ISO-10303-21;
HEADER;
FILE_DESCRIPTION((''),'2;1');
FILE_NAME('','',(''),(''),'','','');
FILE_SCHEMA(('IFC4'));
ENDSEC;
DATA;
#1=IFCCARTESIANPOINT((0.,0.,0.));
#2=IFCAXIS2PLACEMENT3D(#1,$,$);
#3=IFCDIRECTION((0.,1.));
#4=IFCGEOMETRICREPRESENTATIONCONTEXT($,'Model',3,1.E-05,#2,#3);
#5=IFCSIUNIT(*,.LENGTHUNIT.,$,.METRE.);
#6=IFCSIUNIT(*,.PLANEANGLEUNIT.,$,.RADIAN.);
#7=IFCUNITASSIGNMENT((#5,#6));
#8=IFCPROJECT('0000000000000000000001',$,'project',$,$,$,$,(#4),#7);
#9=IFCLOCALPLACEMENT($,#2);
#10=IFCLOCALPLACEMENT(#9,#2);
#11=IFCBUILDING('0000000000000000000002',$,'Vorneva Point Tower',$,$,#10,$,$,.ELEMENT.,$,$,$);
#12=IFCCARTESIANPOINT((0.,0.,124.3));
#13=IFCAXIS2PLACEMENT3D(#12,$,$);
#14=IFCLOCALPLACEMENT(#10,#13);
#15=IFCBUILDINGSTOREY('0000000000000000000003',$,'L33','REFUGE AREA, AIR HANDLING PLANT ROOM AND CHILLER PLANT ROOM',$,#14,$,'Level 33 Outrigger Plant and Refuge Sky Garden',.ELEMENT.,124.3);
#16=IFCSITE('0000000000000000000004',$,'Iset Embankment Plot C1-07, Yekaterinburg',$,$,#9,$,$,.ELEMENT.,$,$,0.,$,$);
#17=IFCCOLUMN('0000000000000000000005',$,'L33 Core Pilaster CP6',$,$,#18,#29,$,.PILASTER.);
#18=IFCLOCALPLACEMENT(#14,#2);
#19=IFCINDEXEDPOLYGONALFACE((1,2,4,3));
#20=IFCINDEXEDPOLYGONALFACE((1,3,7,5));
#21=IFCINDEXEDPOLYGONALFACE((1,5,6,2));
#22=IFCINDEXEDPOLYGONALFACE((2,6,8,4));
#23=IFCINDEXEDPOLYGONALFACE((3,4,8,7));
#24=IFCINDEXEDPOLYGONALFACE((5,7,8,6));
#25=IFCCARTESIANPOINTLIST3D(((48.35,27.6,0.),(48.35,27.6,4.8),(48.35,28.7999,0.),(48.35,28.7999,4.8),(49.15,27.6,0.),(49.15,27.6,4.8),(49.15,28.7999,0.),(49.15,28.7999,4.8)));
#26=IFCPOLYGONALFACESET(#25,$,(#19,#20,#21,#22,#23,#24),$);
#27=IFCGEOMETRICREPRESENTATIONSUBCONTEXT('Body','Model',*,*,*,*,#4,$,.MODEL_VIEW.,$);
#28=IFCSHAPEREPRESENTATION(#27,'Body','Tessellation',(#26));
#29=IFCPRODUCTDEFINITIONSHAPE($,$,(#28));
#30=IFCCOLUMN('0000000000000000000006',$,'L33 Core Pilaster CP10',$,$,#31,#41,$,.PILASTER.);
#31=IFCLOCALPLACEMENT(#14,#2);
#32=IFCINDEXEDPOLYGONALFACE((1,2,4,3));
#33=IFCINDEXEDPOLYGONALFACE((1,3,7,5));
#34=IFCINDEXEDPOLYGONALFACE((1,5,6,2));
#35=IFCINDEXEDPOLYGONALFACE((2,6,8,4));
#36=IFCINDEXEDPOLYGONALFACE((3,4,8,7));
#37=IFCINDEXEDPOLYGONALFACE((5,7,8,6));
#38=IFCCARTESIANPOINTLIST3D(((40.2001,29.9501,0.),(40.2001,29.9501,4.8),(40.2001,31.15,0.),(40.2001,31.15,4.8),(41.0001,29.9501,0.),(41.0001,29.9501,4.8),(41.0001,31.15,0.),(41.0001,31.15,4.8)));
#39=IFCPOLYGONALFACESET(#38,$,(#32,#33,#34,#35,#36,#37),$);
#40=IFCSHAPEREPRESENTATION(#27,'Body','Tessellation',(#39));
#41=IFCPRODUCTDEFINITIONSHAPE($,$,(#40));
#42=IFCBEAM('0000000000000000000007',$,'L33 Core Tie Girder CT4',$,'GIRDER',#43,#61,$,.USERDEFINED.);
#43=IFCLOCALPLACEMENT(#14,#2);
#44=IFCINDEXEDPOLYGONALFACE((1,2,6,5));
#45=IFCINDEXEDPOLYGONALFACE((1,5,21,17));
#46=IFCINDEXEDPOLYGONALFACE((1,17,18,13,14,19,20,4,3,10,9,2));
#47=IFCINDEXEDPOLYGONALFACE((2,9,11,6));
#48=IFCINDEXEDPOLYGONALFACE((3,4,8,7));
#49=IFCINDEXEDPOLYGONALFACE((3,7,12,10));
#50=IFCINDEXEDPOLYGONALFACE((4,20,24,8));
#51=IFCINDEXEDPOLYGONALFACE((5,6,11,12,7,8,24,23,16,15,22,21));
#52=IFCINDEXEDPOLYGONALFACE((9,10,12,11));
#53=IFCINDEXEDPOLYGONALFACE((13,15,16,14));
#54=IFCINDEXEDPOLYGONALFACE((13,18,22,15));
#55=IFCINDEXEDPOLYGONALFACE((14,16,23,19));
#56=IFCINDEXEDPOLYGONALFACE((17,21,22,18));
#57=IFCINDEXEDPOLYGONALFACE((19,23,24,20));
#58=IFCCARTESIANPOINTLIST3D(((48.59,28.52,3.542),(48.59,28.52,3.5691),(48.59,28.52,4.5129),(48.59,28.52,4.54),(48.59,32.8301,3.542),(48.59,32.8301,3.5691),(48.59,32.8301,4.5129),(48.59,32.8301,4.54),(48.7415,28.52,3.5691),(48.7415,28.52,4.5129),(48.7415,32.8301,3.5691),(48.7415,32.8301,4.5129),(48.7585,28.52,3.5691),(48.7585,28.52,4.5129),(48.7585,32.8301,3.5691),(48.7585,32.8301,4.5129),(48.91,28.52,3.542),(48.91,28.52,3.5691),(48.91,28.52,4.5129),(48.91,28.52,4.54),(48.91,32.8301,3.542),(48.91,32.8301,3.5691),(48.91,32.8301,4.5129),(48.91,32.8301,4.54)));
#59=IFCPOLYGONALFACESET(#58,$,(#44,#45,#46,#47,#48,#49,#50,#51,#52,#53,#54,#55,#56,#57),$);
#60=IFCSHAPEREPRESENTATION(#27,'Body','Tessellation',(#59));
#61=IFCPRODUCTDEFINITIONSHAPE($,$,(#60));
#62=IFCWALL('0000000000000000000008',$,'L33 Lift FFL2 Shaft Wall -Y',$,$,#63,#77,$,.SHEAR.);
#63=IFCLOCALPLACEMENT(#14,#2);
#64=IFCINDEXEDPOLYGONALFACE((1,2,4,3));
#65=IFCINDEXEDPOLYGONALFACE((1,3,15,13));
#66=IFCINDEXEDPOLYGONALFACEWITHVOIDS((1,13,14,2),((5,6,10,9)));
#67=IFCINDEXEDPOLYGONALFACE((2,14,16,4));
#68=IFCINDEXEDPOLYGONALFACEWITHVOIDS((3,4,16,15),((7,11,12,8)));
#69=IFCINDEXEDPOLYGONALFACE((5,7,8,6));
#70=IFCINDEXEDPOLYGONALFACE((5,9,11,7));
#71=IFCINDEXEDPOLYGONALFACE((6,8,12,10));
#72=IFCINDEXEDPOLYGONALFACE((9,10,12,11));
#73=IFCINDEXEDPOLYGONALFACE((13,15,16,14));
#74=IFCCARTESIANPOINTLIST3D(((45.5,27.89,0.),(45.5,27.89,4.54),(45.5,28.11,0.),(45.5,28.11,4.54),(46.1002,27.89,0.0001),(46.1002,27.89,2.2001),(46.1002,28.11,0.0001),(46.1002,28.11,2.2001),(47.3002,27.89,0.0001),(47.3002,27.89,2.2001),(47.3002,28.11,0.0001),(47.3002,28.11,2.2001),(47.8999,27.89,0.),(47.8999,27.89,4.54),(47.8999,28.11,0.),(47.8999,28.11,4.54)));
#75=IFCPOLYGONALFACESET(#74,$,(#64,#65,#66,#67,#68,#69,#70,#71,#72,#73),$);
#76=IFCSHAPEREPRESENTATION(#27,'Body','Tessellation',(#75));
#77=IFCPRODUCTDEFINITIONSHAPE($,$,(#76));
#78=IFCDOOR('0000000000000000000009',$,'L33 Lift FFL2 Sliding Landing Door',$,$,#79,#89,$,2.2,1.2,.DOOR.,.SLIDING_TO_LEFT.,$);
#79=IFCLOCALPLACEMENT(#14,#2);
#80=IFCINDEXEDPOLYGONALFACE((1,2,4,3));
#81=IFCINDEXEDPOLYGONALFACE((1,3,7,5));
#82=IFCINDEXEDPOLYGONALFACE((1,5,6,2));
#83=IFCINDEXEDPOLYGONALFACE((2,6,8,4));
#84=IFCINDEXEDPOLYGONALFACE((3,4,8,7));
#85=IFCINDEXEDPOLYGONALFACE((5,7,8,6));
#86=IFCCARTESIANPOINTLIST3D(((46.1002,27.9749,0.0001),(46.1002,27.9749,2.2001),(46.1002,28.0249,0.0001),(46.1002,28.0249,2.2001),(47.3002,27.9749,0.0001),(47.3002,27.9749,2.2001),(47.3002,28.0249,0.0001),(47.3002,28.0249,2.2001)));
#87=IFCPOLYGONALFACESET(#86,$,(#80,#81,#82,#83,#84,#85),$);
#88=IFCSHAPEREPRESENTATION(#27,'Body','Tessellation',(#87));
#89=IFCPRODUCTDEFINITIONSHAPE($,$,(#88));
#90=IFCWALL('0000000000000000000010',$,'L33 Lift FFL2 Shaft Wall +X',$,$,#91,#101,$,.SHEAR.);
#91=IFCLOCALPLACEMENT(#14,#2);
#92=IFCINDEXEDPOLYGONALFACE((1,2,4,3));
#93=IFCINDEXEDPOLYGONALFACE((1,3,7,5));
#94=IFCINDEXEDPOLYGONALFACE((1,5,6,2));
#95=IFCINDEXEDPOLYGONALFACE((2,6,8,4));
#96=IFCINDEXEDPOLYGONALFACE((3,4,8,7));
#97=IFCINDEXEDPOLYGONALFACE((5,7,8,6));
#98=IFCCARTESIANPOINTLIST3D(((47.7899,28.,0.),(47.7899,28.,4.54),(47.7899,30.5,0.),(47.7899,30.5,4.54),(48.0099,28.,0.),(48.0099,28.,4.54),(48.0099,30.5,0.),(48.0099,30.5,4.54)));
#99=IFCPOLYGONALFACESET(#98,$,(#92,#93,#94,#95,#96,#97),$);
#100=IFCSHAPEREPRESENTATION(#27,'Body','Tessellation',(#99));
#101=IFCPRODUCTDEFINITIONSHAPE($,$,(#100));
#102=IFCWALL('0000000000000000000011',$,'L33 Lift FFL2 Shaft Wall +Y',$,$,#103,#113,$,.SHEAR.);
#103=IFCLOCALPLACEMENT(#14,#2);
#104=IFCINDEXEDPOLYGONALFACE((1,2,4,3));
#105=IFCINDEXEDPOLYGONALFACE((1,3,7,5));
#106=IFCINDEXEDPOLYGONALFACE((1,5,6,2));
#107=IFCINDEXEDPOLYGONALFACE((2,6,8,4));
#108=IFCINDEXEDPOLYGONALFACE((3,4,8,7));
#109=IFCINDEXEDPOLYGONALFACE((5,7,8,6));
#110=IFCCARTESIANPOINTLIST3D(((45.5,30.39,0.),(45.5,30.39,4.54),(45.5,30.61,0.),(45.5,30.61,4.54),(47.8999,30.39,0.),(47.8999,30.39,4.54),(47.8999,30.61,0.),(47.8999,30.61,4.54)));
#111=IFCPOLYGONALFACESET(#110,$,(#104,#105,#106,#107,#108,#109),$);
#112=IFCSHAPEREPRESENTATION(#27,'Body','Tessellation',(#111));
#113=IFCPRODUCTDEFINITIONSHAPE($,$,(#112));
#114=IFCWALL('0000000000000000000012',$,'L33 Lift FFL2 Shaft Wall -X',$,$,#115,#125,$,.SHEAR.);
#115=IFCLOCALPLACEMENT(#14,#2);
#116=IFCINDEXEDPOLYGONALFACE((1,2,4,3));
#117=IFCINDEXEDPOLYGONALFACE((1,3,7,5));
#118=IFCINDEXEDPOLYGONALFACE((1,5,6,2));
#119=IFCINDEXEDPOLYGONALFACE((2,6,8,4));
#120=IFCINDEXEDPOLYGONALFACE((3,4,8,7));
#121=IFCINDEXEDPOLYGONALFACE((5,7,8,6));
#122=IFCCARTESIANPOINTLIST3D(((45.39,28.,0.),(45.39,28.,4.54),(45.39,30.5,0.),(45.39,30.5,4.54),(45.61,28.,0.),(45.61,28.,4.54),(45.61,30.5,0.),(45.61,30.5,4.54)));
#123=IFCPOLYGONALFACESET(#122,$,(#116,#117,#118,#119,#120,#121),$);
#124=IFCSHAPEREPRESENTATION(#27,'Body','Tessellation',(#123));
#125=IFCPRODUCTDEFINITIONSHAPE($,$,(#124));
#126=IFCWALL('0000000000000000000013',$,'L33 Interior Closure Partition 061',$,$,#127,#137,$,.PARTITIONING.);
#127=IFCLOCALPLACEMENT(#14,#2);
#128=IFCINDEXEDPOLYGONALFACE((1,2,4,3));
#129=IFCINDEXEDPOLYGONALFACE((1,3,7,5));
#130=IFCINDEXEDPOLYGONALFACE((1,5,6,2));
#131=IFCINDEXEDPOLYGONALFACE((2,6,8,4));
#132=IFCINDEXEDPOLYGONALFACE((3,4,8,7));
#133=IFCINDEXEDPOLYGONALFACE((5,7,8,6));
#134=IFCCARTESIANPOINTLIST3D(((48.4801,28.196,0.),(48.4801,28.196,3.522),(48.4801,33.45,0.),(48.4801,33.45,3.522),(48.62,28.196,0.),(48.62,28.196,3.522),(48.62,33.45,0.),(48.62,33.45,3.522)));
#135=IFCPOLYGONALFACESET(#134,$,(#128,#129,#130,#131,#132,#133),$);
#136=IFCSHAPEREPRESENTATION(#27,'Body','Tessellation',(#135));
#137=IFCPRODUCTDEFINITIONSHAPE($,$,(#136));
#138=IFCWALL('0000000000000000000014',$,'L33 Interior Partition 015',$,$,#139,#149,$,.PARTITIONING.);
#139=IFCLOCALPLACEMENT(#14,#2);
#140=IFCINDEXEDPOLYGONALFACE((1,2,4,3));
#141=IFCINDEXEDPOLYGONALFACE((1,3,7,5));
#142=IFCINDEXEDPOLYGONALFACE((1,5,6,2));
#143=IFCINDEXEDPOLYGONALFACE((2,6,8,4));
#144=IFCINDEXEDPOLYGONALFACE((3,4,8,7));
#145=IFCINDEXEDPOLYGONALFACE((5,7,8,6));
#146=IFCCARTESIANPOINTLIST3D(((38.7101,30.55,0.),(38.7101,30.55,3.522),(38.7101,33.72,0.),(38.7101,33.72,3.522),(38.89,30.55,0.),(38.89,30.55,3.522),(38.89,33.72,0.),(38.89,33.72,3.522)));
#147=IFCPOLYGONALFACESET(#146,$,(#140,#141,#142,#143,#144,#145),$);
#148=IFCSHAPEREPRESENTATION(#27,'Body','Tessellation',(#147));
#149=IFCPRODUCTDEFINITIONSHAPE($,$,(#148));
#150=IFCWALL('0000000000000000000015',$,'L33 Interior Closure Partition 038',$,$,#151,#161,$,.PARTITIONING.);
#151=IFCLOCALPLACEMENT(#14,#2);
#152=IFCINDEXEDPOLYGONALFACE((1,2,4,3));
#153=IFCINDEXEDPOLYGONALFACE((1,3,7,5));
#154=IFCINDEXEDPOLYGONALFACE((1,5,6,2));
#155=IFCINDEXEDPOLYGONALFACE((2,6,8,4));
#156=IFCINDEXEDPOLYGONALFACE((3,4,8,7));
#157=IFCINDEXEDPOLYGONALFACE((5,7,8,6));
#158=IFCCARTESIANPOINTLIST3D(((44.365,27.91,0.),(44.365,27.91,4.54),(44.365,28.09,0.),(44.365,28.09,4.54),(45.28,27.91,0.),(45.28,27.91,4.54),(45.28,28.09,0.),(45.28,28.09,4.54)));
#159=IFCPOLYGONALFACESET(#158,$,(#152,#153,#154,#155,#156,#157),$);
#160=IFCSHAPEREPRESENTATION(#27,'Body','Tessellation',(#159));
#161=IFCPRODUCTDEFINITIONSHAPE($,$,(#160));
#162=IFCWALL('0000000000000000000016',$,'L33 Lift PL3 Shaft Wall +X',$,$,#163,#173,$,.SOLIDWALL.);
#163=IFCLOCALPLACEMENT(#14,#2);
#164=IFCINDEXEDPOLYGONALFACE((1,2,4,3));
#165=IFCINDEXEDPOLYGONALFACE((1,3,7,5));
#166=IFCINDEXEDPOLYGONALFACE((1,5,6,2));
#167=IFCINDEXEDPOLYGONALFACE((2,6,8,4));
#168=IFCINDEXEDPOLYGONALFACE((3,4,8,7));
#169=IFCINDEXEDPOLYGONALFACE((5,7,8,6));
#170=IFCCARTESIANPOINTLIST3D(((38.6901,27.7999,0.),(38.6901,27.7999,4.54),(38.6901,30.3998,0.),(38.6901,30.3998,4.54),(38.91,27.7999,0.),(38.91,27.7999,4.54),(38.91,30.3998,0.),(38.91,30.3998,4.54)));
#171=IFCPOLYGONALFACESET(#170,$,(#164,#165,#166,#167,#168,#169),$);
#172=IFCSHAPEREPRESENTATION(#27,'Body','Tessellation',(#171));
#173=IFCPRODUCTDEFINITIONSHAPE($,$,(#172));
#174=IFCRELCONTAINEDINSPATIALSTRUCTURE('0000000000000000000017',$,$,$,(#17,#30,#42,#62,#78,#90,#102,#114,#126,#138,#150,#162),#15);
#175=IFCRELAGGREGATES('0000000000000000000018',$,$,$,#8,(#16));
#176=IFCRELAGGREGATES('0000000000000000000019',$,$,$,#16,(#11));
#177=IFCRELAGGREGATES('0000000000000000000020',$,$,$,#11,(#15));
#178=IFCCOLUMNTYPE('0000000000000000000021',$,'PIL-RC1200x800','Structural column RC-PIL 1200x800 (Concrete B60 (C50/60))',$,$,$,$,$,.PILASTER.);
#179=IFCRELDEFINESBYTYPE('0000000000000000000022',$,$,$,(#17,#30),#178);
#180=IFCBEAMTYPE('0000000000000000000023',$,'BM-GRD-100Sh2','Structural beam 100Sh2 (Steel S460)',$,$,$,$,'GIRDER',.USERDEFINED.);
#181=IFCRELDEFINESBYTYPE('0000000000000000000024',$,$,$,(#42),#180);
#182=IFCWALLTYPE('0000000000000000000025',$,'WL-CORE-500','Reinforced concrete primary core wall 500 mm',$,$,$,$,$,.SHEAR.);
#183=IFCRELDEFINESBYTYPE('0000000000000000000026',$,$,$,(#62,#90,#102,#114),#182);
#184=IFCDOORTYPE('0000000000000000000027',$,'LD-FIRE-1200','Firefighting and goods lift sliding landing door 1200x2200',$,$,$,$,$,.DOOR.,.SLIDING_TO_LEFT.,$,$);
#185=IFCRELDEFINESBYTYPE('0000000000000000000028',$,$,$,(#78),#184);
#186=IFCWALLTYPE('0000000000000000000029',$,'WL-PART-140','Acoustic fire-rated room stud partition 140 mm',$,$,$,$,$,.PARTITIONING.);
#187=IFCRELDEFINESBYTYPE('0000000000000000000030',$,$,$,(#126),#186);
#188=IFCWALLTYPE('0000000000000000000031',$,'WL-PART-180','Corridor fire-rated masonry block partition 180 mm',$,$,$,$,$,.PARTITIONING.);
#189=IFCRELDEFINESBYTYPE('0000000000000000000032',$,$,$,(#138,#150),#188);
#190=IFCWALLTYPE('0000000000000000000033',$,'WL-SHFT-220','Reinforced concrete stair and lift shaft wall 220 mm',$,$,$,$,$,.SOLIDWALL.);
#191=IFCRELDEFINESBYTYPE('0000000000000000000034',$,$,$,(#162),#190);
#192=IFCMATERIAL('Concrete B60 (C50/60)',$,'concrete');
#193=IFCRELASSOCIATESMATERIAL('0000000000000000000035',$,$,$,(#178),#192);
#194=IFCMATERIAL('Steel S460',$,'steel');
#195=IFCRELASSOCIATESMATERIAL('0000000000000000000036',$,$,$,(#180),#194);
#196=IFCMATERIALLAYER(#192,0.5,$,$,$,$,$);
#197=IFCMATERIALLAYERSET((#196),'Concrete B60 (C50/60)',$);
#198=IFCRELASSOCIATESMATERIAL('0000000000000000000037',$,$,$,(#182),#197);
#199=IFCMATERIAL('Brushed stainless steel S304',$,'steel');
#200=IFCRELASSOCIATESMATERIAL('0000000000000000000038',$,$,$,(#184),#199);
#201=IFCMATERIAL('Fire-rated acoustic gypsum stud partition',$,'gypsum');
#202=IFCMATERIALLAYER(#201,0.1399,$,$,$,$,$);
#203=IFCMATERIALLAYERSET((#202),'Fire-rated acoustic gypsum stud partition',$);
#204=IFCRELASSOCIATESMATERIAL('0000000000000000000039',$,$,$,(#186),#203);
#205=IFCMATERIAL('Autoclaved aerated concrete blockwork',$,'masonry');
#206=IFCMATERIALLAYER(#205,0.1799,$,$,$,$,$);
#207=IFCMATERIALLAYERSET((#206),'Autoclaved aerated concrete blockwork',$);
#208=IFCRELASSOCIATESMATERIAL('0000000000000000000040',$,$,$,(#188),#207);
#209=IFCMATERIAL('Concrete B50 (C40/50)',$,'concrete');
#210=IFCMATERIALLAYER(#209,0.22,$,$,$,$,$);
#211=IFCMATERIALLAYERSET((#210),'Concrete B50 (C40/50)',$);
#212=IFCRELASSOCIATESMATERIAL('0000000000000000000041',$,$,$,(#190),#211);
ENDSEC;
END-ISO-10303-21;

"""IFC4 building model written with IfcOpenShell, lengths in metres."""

from ifc_helpers import new_model, si_unit, direction, frame, frame_2d, origin, origin_2d, place, context, subcontext, project, spatial, rectangle, i_section, extrude, material, layer, layer_set, material_profile, profile_set, type_object, element, fill, save


model = new_model("IFC4")

# Units and contexts
model_context = context("Model", 3, precision=1e-05, world=origin(), true_north=direction((0.0, 1.0)))
body_context = subcontext(model_context, "Body", "Model", "MODEL_VIEW")
ifc_project = project(units=[si_unit("LENGTHUNIT", "METRE"), si_unit("PLANEANGLEUNIT", "RADIAN")], contexts=[model_context])

# Site, building, storey
site_placement = place(None, origin())
site = spatial("IfcSite", under=ifc_project, at=site_placement, Name="Iset Embankment Plot C1-07, Yekaterinburg", CompositionType="ELEMENT", RefElevation=0.0)
building_placement = place(site_placement, origin())
building = spatial("IfcBuilding", under=site, at=building_placement, Name="Vorneva Point Tower", CompositionType="ELEMENT")
storey_placement = place(building_placement, frame((0.0, 0.0, 124.3)))
storey = spatial("IfcBuildingStorey", under=building, at=storey_placement, Name="L33", Description="REFUGE AREA, AIR HANDLING PLANT ROOM AND CHILLER PLANT ROOM", LongName="Level 33 Outrigger Plant and Refuge Sky Garden", CompositionType="ELEMENT", Elevation=124.3)

# Columns
ifc_material_1 = material(Name="Concrete B60 (C50/60)", Category="concrete")
ifc_material_profile_1 = material_profile(ifc_material_1, rectangle(XDim=0.8, YDim=1.2, at=origin_2d()), Name="RC-PIL 1200x800")
ifc_profile_set_1 = profile_set([ifc_material_profile_1], Name="Concrete B60 (C50/60)")
column_type = type_object("IfcColumnType", Name="PIL-RC1200x800", Description="Structural column RC-PIL 1200x800 (Concrete B60 (C50/60))", PredefinedType="PILASTER", material=ifc_profile_set_1)
for number, where, z_axis, x_axis, name in (
    (1, (48.75, 28.2, 0.0), (0.0, 0.0, 1.0), (1.0, 0.0, 0.0), "L33 Core Pilaster CP6"),
    (2, (40.6001, 30.55, 0.0), (0.0, 0.0, 1.0), (1.0, 0.0, 0.0), "L33 Core Pilaster CP10"),
):
    element("IfcColumn", number, at=place(storey_placement, frame(where, z_axis=z_axis, x_axis=x_axis)), inside=storey, type_object=column_type, Name=name, PredefinedType="PILASTER", context=body_context, shape_type="SweptSolid", body=[
        extrude(rectangle(XDim=0.8, YDim=1.2, at=origin_2d()), origin(), (0.0, 0.0, 1.0), 4.8),
    ])

# Beam
ifc_material_2 = material(Name="Steel S460", Category="steel")
ifc_material_profile_2 = material_profile(ifc_material_2, i_section(OverallWidth=0.3201, OverallDepth=0.998, WebThickness=0.0171, FlangeThickness=0.0271, at=origin_2d()), Name="100Sh2")
ifc_profile_set_2 = profile_set([ifc_material_profile_2], Name="Steel S460")
beam_type = type_object("IfcBeamType", Name="BM-GRD-100Sh2", Description="Structural beam 100Sh2 (Steel S460)", ElementType="GIRDER", PredefinedType="USERDEFINED", material=ifc_profile_set_2)
beam_placement = place(storey_placement, frame((48.75, 28.52, 4.041), z_axis=(0.0, 1.0, 0.0), x_axis=(-1.0, 0.0, 0.0)))
element("IfcBeam", 3, at=beam_placement, inside=storey, type_object=beam_type, Name="L33 Core Tie Girder CT4", ObjectType="GIRDER", PredefinedType="USERDEFINED", context=body_context, shape_type="SweptSolid", body=[
    extrude(i_section(OverallWidth=0.3201, OverallDepth=0.998, WebThickness=0.0171, FlangeThickness=0.0271, at=origin_2d()), origin(), (0.0, 0.0, 1.0), 4.3101),
])

# Wall, opening, door
ifc_layer_1 = layer(ifc_material_1, 0.5)
ifc_layer_set_1 = layer_set([ifc_layer_1], Name="Concrete B60 (C50/60)")
wall_type_1 = type_object("IfcWallType", Name="WL-CORE-500", Description="Reinforced concrete primary core wall 500 mm", PredefinedType="SHEAR", material=ifc_layer_set_1)
wall_1_placement = place(storey_placement, frame((45.5, 28.0, 0.0), z_axis=(0.0, 0.0, 1.0), x_axis=(1.0, 0.0, 0.0)))
wall_1 = element("IfcWall", 4, at=wall_1_placement, inside=storey, type_object=wall_type_1, Name="L33 Lift FFL2 Shaft Wall -Y", PredefinedType="SHEAR", context=body_context, shape_type="SweptSolid", body=[
    extrude(rectangle(XDim=2.3999, YDim=0.22, at=frame_2d((1.2, 0.0))), origin(), (0.0, 0.0, 1.0), 4.54),
])
opening_1_placement = place(wall_1_placement, frame((0.6001, 0.0, 0.0)))
opening_1 = element("IfcOpeningElement", 5, at=opening_1_placement, cuts=wall_1, PredefinedType="OPENING", context=body_context, shape_type="SweptSolid", body=[
    extrude(rectangle(XDim=1.2, YDim=2.2, at=frame_2d((0.6001, 1.1001))), frame((0.0, 0.125, 0.0), z_axis=(0.0, -1.0, 0.0), x_axis=(1.0, 0.0, 0.0)), (0.0, 0.0, 1.0), 0.2498),
])
ifc_material_3 = material(Name="Brushed stainless steel S304", Category="steel")
door_type_1 = type_object("IfcDoorType", Name="LD-FIRE-1200", Description="Firefighting and goods lift sliding landing door 1200x2200", OperationType="SLIDING_TO_LEFT", PredefinedType="DOOR", material=ifc_material_3)
door_1_placement = place(opening_1_placement, origin())
door_1 = element("IfcDoor", 6, at=door_1_placement, inside=storey, type_object=door_type_1, Name="L33 Lift FFL2 Sliding Landing Door", OperationType="SLIDING_TO_LEFT", OverallHeight=2.2, OverallWidth=1.2, PredefinedType="DOOR", context=body_context, shape_type="SweptSolid", body=[
    extrude(rectangle(XDim=1.2, YDim=2.2, at=frame_2d((0.6001, 1.1001))), frame((0.0, 0.0249, 0.0), z_axis=(0.0, -1.0, 0.0), x_axis=(1.0, 0.0, 0.0)), (0.0, 0.0, 1.0), 0.05),
])
fill(opening_1, door_1)

# Walls
wall_2_placement = place(storey_placement, frame((47.8999, 28.0, 0.0), z_axis=(0.0, 0.0, 1.0), x_axis=(0.0, 1.0, 0.0)))
element("IfcWall", 7, at=wall_2_placement, inside=storey, type_object=wall_type_1, Name="L33 Lift FFL2 Shaft Wall +X", PredefinedType="SHEAR", context=body_context, shape_type="SweptSolid", body=[
    extrude(rectangle(XDim=2.5, YDim=0.22, at=frame_2d((1.25, 0.0))), origin(), (0.0, 0.0, 1.0), 4.54),
])
wall_3_placement = place(storey_placement, frame((47.8999, 30.5, 0.0), z_axis=(0.0, 0.0, 1.0), x_axis=(-1.0, 0.0, 0.0)))
element("IfcWall", 8, at=wall_3_placement, inside=storey, type_object=wall_type_1, Name="L33 Lift FFL2 Shaft Wall +Y", PredefinedType="SHEAR", context=body_context, shape_type="SweptSolid", body=[
    extrude(rectangle(XDim=2.3999, YDim=0.22, at=frame_2d((1.2, 0.0))), origin(), (0.0, 0.0, 1.0), 4.54),
])
wall_4_placement = place(storey_placement, frame((45.5, 30.5, 0.0), z_axis=(0.0, 0.0, 1.0), x_axis=(0.0, -1.0, 0.0)))
element("IfcWall", 9, at=wall_4_placement, inside=storey, type_object=wall_type_1, Name="L33 Lift FFL2 Shaft Wall -X", PredefinedType="SHEAR", context=body_context, shape_type="SweptSolid", body=[
    extrude(rectangle(XDim=2.5, YDim=0.22, at=frame_2d((1.25, 0.0))), origin(), (0.0, 0.0, 1.0), 4.54),
])
ifc_material_4 = material(Name="Fire-rated acoustic gypsum stud partition", Category="gypsum")
ifc_layer_2 = layer(ifc_material_4, 0.1399)
ifc_layer_set_2 = layer_set([ifc_layer_2], Name="Fire-rated acoustic gypsum stud partition")
wall_type_2 = type_object("IfcWallType", Name="WL-PART-140", Description="Acoustic fire-rated room stud partition 140 mm", PredefinedType="PARTITIONING", material=ifc_layer_set_2)
wall_5_placement = place(storey_placement, frame((48.55, 28.196, 0.0), z_axis=(0.0, 0.0, 1.0), x_axis=(0.0, 1.0, 0.0)))
element("IfcWall", 10, at=wall_5_placement, inside=storey, type_object=wall_type_2, Name="L33 Interior Closure Partition 061", PredefinedType="PARTITIONING", context=body_context, shape_type="SweptSolid", body=[
    extrude(rectangle(XDim=5.2539, YDim=0.1399, at=frame_2d((2.627, 0.0))), origin(), (0.0, 0.0, 1.0), 3.522),
])

# Shared definitions
ifc_material_5 = material(Name="Autoclaved aerated concrete blockwork", Category="masonry")
ifc_layer_3 = layer(ifc_material_5, 0.1799)
ifc_layer_set_3 = layer_set([ifc_layer_3], Name="Autoclaved aerated concrete blockwork")
wall_type_3 = type_object("IfcWallType", Name="WL-PART-180", Description="Corridor fire-rated masonry block partition 180 mm", PredefinedType="PARTITIONING", material=ifc_layer_set_3)

# Walls
wall_6_placement = place(storey_placement, frame((38.8, 30.55, 0.0), z_axis=(0.0, 0.0, 1.0), x_axis=(0.0, 1.0, 0.0)))
element("IfcWall", 11, at=wall_6_placement, inside=storey, type_object=wall_type_3, Name="L33 Interior Partition 015", PredefinedType="PARTITIONING", context=body_context, shape_type="SweptSolid", body=[
    extrude(rectangle(XDim=3.1699, YDim=0.1799, at=frame_2d((1.585, 0.0))), origin(), (0.0, 0.0, 1.0), 3.522),
])
wall_7_placement = place(storey_placement, frame((45.28, 28.0, 0.0), z_axis=(0.0, 0.0, 1.0), x_axis=(-1.0, 0.0, 0.0)))
element("IfcWall", 12, at=wall_7_placement, inside=storey, type_object=wall_type_3, Name="L33 Interior Closure Partition 038", PredefinedType="PARTITIONING", context=body_context, shape_type="SweptSolid", body=[
    extrude(rectangle(XDim=0.915, YDim=0.1799, at=frame_2d((0.4575, 0.0))), origin(), (0.0, 0.0, 1.0), 4.54),
])
ifc_material_6 = material(Name="Concrete B50 (C40/50)", Category="concrete")
ifc_layer_4 = layer(ifc_material_6, 0.22)
ifc_layer_set_4 = layer_set([ifc_layer_4], Name="Concrete B50 (C40/50)")
wall_type_4 = type_object("IfcWallType", Name="WL-SHFT-220", Description="Reinforced concrete stair and lift shaft wall 220 mm", PredefinedType="SOLIDWALL", material=ifc_layer_set_4)
wall_8_placement = place(storey_placement, frame((38.8, 27.8, 0.0), z_axis=(0.0, 0.0, 1.0), x_axis=(0.0, 1.0, 0.0)))
element("IfcWall", 13, at=wall_8_placement, inside=storey, type_object=wall_type_4, Name="L33 Lift PL3 Shaft Wall +X", PredefinedType="SOLIDWALL", context=body_context, shape_type="SweptSolid", body=[
    extrude(rectangle(XDim=2.5999, YDim=0.22, at=frame_2d((1.2998, 0.0))), origin(), (0.0, 0.0, 1.0), 4.54),
])

save(model, "model.ifc")
